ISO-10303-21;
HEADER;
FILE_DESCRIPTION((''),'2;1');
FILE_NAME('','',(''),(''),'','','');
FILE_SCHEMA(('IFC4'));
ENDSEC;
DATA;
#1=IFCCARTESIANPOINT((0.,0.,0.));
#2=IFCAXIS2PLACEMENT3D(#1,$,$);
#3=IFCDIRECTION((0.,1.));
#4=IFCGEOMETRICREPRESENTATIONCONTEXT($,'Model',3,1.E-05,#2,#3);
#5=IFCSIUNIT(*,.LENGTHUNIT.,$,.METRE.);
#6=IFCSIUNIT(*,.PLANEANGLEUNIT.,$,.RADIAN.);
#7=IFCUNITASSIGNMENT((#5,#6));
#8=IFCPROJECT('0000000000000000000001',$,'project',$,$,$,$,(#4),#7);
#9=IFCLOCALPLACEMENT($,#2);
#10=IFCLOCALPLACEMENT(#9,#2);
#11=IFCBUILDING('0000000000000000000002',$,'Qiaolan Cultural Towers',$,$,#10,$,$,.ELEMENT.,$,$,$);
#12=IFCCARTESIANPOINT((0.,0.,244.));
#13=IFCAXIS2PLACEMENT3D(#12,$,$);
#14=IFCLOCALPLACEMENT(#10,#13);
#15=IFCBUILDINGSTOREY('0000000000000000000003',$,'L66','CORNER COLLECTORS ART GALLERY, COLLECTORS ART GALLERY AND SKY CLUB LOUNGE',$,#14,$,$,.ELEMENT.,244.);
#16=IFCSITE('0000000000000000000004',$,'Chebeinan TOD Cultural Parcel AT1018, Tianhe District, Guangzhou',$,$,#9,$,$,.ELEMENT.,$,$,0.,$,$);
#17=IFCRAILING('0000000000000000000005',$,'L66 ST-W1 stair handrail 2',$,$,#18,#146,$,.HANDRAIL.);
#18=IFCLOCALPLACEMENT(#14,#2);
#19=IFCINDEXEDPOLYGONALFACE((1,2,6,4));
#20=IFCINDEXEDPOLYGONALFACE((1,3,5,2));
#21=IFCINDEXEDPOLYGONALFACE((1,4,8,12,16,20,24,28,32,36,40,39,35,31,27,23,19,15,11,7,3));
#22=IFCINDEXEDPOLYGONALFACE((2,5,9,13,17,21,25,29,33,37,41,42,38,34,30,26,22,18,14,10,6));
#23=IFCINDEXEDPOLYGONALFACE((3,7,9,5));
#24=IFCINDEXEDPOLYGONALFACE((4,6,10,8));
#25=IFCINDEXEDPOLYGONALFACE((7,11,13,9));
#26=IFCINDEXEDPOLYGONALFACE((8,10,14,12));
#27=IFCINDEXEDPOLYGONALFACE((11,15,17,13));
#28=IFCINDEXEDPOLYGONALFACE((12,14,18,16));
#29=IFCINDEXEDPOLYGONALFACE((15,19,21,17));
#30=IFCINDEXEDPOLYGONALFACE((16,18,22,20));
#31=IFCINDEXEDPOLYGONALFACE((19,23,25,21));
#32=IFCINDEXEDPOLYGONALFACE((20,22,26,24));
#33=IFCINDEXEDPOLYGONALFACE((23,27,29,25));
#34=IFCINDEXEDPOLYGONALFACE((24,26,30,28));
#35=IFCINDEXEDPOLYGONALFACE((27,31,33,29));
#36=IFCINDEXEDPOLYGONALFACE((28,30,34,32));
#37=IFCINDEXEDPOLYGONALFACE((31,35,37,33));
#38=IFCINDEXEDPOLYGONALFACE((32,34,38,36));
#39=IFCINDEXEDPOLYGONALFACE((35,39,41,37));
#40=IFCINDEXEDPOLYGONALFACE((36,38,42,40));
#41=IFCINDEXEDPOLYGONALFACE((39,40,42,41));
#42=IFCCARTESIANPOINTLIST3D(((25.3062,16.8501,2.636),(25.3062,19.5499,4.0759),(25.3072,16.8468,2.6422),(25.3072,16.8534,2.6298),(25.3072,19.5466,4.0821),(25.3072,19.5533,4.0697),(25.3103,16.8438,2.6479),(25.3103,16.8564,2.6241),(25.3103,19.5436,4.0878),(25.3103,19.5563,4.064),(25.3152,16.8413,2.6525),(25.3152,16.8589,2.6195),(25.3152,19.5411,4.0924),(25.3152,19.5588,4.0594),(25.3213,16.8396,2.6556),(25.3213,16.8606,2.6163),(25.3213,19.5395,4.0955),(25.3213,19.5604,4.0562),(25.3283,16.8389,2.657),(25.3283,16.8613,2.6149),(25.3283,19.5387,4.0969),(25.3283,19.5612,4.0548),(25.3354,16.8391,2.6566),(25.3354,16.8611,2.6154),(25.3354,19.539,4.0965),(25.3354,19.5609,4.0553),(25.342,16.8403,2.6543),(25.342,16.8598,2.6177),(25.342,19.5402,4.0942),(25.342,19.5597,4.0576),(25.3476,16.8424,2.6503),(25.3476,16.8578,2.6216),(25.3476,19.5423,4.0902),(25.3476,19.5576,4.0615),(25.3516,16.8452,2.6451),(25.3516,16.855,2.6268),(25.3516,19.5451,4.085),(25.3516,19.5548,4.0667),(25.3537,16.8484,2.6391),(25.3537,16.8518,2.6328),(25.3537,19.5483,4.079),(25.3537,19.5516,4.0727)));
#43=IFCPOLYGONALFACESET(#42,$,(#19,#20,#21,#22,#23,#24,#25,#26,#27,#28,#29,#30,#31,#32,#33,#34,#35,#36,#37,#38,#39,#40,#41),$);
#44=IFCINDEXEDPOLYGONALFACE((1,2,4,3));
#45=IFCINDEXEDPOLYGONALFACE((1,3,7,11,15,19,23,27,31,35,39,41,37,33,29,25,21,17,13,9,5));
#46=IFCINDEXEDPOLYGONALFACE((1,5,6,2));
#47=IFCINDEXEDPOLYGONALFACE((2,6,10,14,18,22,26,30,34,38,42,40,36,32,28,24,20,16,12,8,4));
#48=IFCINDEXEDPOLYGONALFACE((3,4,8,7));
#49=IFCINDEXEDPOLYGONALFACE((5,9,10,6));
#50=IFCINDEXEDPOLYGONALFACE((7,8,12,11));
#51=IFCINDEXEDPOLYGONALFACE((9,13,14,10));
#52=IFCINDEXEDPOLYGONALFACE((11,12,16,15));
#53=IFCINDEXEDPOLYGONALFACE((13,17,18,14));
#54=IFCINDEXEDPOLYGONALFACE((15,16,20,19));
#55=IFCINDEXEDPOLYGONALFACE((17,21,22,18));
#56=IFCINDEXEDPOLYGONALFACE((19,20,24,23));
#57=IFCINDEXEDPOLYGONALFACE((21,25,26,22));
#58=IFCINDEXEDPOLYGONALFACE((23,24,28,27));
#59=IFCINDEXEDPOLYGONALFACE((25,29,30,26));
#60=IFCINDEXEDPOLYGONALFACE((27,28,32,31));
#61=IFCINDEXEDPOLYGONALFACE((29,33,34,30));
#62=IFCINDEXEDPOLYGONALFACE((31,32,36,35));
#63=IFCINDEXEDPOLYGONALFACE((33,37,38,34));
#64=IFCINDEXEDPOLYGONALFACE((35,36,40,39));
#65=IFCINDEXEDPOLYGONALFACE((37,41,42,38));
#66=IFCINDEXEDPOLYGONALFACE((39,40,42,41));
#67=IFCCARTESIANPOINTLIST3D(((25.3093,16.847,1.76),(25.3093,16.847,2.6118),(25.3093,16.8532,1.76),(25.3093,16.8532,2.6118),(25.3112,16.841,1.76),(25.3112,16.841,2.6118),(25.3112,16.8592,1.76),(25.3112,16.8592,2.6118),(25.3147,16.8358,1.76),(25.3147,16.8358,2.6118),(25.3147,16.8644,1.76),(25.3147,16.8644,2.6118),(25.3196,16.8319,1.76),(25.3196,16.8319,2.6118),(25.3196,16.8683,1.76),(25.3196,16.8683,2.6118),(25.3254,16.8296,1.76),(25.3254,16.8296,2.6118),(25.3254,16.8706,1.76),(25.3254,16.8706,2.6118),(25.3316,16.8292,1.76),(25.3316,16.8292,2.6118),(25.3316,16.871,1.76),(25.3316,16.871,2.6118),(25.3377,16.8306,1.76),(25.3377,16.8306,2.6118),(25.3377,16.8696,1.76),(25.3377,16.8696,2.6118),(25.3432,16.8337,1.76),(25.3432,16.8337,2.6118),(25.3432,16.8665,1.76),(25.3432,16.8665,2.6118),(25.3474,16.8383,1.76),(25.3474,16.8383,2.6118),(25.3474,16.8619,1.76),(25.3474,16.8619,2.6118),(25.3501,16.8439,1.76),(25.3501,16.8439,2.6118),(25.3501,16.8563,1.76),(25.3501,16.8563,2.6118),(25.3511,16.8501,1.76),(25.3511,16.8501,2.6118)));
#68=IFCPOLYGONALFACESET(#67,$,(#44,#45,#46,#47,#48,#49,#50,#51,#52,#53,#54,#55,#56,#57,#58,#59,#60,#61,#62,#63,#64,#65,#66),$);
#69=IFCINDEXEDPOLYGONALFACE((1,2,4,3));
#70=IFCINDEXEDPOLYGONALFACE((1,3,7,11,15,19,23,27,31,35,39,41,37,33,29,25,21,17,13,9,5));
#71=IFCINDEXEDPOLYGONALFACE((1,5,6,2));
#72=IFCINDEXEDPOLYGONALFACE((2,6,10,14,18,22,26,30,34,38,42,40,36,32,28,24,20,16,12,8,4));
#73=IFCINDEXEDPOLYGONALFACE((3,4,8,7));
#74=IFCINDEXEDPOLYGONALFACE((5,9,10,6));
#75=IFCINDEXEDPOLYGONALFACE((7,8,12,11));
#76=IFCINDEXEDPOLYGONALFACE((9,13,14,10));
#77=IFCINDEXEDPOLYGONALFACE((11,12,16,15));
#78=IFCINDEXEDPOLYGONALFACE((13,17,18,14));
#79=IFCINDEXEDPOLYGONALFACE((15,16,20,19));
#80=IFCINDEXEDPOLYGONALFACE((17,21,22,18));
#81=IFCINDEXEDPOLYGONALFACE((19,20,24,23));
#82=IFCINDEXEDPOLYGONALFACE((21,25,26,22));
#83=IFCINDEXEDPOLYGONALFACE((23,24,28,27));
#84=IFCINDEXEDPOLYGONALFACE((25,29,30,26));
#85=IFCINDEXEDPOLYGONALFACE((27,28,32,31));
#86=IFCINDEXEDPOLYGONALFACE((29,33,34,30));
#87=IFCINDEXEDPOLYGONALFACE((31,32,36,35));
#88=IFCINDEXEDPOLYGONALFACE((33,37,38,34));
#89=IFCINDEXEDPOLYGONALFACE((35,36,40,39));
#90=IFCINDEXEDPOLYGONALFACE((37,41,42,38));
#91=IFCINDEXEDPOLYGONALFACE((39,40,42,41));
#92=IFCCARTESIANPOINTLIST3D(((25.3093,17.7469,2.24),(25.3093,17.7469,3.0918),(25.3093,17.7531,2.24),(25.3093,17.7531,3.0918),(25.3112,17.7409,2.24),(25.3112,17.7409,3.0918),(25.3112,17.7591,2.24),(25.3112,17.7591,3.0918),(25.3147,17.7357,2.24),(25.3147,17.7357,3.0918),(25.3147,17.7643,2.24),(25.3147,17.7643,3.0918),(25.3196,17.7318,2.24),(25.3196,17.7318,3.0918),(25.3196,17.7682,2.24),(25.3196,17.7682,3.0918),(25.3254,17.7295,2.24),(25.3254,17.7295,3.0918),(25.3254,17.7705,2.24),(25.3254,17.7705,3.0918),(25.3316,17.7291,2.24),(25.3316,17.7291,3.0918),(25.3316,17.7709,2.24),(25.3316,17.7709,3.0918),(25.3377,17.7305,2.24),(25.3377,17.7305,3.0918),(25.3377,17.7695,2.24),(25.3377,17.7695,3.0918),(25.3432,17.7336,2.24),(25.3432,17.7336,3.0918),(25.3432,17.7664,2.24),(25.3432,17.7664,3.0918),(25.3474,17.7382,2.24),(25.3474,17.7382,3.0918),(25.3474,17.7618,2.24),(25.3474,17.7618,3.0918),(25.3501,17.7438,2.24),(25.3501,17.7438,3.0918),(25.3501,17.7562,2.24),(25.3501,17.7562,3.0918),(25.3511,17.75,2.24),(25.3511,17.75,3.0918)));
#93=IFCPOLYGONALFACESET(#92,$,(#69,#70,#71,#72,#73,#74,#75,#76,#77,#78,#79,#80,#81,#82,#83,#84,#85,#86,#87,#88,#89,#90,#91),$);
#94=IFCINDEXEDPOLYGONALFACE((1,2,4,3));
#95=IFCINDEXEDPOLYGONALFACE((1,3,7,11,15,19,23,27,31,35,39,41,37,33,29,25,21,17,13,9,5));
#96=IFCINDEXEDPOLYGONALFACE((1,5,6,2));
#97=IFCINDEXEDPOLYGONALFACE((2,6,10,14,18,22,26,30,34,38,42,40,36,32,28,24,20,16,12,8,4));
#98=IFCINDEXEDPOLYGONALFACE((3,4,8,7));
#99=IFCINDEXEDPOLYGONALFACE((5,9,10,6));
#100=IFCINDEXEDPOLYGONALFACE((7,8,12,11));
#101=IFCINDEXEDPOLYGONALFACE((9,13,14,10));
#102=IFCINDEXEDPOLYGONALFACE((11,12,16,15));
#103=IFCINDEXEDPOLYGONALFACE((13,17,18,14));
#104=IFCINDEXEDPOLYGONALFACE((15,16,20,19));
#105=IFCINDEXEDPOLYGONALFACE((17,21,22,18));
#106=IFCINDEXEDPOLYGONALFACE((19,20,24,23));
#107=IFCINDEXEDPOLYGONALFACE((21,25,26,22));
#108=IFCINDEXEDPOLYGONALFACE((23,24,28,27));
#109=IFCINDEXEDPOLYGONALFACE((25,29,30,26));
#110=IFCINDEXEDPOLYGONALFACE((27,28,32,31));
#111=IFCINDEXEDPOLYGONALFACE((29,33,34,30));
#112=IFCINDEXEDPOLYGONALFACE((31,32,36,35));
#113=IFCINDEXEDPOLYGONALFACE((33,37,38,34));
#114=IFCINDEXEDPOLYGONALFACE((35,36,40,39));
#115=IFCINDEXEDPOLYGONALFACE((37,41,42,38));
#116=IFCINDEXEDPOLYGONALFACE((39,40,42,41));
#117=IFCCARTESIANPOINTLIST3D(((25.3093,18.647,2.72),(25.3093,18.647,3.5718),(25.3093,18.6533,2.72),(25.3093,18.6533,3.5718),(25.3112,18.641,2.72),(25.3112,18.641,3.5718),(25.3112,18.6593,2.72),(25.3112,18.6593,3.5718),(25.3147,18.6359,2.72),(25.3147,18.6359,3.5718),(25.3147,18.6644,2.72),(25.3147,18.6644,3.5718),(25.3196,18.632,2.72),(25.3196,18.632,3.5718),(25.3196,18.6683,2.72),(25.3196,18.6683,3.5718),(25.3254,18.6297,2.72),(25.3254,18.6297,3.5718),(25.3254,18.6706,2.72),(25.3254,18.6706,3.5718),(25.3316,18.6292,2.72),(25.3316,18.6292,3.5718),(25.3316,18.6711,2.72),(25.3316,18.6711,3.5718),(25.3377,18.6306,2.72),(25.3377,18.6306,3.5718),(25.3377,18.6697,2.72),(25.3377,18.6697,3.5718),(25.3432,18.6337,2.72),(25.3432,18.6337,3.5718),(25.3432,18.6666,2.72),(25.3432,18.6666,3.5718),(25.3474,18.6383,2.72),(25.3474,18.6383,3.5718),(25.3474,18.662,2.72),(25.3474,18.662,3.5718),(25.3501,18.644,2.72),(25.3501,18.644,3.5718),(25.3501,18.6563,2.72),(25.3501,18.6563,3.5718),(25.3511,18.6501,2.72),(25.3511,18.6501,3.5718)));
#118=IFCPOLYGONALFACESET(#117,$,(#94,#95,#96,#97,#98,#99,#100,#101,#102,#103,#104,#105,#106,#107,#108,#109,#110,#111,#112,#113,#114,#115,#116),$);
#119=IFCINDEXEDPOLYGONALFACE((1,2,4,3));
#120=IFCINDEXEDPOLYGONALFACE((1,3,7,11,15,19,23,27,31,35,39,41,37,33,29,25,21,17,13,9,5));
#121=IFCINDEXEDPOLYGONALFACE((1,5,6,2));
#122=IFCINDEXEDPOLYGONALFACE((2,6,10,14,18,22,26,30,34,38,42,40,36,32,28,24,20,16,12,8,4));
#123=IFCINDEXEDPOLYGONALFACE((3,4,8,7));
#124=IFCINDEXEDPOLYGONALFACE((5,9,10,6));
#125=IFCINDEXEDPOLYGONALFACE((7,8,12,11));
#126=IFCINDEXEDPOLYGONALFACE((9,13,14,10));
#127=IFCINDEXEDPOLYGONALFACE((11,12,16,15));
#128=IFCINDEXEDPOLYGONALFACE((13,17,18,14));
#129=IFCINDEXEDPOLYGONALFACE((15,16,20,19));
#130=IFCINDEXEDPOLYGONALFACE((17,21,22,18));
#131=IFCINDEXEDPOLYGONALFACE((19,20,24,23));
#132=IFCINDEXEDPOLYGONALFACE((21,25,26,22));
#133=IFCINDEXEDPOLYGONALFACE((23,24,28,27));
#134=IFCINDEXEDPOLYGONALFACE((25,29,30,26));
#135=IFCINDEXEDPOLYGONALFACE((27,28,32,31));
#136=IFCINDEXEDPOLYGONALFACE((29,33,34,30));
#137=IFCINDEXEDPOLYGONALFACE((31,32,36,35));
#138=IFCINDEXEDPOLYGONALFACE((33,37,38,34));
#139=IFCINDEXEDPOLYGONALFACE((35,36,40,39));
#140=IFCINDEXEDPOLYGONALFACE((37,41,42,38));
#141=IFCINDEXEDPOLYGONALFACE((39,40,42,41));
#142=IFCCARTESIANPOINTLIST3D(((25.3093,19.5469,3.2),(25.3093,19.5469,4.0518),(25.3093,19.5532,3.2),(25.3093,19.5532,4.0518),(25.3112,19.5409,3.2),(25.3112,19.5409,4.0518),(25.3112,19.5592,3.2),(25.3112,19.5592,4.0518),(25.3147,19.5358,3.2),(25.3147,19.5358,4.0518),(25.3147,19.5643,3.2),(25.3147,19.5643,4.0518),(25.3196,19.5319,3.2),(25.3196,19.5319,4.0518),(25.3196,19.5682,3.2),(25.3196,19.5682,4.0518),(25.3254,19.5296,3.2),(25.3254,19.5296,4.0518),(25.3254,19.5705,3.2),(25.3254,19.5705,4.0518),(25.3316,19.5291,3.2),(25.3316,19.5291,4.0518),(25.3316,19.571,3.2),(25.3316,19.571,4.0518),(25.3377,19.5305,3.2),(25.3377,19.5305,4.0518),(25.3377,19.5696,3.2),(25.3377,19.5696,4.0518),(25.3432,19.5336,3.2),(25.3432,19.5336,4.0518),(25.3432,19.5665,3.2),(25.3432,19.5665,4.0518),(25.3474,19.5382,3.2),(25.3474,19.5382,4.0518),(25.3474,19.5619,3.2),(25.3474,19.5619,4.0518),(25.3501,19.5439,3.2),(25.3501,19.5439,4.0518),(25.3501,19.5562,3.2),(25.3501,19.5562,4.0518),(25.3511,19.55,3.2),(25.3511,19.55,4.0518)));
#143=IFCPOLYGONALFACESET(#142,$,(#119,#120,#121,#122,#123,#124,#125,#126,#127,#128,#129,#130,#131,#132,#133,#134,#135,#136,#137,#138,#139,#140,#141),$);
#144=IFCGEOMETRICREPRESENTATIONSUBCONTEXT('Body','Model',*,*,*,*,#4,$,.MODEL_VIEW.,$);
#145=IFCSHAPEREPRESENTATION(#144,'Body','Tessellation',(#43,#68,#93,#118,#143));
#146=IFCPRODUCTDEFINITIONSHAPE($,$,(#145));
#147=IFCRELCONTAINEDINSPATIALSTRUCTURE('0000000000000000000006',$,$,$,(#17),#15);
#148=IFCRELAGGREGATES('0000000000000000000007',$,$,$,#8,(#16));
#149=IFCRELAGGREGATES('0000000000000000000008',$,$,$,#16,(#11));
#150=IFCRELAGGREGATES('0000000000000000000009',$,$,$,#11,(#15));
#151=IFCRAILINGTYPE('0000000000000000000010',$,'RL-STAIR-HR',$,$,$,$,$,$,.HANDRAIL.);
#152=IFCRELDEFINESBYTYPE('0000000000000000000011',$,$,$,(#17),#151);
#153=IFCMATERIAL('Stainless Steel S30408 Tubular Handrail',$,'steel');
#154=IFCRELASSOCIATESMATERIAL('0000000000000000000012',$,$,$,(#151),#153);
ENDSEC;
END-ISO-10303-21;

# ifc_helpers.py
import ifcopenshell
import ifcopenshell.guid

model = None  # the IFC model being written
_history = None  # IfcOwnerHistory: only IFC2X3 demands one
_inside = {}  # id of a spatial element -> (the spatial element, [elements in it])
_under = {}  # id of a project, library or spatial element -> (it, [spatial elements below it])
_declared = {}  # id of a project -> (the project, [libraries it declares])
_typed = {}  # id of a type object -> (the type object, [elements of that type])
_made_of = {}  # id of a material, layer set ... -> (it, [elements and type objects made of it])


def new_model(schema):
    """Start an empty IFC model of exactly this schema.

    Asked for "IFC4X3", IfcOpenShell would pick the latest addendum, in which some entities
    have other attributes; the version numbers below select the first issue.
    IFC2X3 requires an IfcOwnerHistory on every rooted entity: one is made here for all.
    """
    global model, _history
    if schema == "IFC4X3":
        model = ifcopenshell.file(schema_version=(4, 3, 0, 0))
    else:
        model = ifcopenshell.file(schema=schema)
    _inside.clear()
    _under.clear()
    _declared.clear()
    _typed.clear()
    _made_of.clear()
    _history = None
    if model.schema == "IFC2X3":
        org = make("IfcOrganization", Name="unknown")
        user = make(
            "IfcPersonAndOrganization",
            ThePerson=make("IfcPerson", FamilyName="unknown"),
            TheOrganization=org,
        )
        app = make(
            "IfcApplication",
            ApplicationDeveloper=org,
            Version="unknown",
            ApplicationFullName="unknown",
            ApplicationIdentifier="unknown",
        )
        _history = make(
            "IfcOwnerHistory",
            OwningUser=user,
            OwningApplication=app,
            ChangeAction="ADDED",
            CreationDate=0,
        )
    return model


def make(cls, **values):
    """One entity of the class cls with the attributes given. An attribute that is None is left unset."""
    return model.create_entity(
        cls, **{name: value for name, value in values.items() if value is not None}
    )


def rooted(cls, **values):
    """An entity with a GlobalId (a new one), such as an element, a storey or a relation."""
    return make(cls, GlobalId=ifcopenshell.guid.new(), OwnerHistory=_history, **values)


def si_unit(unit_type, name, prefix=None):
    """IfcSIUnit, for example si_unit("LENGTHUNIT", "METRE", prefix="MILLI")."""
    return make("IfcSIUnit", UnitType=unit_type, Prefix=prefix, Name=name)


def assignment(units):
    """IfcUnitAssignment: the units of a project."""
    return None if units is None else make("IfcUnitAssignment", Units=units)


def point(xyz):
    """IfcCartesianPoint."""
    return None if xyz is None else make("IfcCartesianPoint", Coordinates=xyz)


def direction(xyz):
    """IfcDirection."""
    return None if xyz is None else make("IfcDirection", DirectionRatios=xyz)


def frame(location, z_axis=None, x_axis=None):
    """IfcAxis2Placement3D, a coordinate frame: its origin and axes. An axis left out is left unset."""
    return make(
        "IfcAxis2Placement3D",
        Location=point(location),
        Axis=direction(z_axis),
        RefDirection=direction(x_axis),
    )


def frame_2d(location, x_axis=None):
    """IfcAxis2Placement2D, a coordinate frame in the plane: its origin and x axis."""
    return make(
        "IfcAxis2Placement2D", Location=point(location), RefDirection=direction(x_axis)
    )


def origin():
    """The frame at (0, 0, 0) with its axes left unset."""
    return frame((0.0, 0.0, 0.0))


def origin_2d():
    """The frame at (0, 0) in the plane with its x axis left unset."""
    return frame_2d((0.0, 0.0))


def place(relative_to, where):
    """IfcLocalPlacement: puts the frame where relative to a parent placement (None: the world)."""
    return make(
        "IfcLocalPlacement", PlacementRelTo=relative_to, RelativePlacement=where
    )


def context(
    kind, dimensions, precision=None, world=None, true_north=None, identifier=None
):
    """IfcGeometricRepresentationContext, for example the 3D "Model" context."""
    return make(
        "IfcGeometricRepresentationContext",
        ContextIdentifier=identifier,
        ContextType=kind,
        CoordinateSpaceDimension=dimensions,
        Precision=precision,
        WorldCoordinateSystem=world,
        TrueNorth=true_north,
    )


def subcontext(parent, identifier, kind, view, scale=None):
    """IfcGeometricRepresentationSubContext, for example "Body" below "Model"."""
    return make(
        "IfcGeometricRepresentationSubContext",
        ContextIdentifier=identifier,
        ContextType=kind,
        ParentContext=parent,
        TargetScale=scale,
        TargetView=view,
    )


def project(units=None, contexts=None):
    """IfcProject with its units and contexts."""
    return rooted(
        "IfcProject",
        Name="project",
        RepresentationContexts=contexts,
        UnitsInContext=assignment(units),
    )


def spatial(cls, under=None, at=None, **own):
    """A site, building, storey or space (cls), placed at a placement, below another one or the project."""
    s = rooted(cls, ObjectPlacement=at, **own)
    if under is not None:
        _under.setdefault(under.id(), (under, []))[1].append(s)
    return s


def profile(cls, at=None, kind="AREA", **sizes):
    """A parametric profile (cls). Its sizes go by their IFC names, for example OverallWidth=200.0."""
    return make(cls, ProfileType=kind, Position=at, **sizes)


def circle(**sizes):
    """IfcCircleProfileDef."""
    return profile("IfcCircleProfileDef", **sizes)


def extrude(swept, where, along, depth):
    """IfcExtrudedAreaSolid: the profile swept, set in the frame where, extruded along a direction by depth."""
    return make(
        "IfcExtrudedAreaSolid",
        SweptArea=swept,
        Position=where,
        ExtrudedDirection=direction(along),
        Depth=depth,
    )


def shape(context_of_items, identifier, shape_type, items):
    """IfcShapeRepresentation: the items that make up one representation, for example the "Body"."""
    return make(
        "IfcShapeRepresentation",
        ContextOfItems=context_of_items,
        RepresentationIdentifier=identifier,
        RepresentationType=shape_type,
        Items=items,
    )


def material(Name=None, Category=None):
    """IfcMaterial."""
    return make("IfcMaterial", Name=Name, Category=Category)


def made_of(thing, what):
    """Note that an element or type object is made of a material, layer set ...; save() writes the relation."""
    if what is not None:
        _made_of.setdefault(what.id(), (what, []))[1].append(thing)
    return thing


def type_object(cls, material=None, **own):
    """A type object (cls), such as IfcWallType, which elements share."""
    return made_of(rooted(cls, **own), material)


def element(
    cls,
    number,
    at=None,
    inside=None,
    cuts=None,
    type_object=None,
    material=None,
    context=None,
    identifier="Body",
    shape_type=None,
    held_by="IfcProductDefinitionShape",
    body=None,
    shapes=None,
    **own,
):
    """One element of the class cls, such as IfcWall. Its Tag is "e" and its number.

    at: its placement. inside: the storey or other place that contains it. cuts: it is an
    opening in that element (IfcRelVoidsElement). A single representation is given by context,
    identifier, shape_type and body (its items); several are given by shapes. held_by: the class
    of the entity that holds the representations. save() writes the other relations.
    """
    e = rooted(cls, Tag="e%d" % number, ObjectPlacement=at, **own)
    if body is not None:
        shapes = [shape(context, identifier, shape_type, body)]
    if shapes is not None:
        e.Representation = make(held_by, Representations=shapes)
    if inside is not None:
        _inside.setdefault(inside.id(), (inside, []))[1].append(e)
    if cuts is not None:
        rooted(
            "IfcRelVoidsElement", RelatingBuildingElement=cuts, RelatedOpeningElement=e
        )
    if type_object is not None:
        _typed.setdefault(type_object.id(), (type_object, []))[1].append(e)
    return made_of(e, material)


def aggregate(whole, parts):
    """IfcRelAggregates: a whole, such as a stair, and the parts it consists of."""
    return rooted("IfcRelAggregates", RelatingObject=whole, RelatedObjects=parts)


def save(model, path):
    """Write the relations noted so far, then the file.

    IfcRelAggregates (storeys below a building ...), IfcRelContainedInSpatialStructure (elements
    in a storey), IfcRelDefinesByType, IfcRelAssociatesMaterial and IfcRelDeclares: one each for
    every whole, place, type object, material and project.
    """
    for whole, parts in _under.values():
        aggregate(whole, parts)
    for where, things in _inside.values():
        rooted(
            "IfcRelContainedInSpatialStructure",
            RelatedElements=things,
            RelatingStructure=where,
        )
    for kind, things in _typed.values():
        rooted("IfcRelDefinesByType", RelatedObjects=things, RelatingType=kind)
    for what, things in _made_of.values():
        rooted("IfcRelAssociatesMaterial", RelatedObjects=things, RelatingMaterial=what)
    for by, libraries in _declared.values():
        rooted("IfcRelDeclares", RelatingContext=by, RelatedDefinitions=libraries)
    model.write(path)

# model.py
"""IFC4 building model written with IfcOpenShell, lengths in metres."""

from ifc_helpers import new_model, si_unit, direction, frame, origin, origin_2d, place, context, subcontext, project, spatial, circle, extrude, material, type_object, element, save


model = new_model("IFC4")

# Units and contexts
model_context = context("Model", 3, precision=1e-05, world=origin(), true_north=direction((0.0, 1.0)))
body_context = subcontext(model_context, "Body", "Model", "MODEL_VIEW")
ifc_project = project(units=[si_unit("LENGTHUNIT", "METRE"), si_unit("PLANEANGLEUNIT", "RADIAN")], contexts=[model_context])

# Site, building, storey
site_placement = place(None, origin())
site = spatial("IfcSite", under=ifc_project, at=site_placement, Name="Chebeinan TOD Cultural Parcel AT1018, Tianhe District, Guangzhou", CompositionType="ELEMENT", RefElevation=0.0)
building_placement = place(site_placement, origin())
building = spatial("IfcBuilding", under=site, at=building_placement, Name="Qiaolan Cultural Towers", CompositionType="ELEMENT")
storey_placement = place(building_placement, frame((0.0, 0.0, 244.0)))
storey = spatial("IfcBuildingStorey", under=building, at=storey_placement, Name="L66", Description="CORNER COLLECTORS ART GALLERY, COLLECTORS ART GALLERY AND SKY CLUB LOUNGE", CompositionType="ELEMENT", Elevation=244.0)

# Railing
ifc_material_1 = material(Name="Stainless Steel S30408 Tubular Handrail", Category="steel")
railing_type = type_object("IfcRailingType", Name="RL-STAIR-HR", PredefinedType="HANDRAIL", material=ifc_material_1)
railing_placement = place(storey_placement, frame((25.3301, 16.8501, 1.76)))
element("IfcRailing", 1, at=railing_placement, inside=storey, type_object=railing_type, Name="L66 ST-W1 stair handrail 2", PredefinedType="HANDRAIL", context=body_context, shape_type="SweptSolid", body=[
    extrude(circle(Radius=0.0239, at=origin_2d()), frame((0.0, 0.0, 0.876), z_axis=(0.0, 0.882357, 0.47058), x_axis=(-1.0, 0.0, 0.0)), (0.0, 0.0, 1.0), 3.0598),
    extrude(circle(Radius=0.021, at=origin_2d()), origin(), (0.0, 0.0, 1.0), 0.8518),
    extrude(circle(Radius=0.021, at=origin_2d()), frame((0.0, 0.8999, 0.48)), (0.0, 0.0, 1.0), 0.8518),
    extrude(circle(Radius=0.021, at=origin_2d()), frame((0.0, 1.8, 0.96)), (0.0, 0.0, 1.0), 0.8518),
    extrude(circle(Radius=0.021, at=origin_2d()), frame((0.0, 2.7, 1.4399)), (0.0, 0.0, 1.0), 0.8518),
])

save(model, "model.ifc")
